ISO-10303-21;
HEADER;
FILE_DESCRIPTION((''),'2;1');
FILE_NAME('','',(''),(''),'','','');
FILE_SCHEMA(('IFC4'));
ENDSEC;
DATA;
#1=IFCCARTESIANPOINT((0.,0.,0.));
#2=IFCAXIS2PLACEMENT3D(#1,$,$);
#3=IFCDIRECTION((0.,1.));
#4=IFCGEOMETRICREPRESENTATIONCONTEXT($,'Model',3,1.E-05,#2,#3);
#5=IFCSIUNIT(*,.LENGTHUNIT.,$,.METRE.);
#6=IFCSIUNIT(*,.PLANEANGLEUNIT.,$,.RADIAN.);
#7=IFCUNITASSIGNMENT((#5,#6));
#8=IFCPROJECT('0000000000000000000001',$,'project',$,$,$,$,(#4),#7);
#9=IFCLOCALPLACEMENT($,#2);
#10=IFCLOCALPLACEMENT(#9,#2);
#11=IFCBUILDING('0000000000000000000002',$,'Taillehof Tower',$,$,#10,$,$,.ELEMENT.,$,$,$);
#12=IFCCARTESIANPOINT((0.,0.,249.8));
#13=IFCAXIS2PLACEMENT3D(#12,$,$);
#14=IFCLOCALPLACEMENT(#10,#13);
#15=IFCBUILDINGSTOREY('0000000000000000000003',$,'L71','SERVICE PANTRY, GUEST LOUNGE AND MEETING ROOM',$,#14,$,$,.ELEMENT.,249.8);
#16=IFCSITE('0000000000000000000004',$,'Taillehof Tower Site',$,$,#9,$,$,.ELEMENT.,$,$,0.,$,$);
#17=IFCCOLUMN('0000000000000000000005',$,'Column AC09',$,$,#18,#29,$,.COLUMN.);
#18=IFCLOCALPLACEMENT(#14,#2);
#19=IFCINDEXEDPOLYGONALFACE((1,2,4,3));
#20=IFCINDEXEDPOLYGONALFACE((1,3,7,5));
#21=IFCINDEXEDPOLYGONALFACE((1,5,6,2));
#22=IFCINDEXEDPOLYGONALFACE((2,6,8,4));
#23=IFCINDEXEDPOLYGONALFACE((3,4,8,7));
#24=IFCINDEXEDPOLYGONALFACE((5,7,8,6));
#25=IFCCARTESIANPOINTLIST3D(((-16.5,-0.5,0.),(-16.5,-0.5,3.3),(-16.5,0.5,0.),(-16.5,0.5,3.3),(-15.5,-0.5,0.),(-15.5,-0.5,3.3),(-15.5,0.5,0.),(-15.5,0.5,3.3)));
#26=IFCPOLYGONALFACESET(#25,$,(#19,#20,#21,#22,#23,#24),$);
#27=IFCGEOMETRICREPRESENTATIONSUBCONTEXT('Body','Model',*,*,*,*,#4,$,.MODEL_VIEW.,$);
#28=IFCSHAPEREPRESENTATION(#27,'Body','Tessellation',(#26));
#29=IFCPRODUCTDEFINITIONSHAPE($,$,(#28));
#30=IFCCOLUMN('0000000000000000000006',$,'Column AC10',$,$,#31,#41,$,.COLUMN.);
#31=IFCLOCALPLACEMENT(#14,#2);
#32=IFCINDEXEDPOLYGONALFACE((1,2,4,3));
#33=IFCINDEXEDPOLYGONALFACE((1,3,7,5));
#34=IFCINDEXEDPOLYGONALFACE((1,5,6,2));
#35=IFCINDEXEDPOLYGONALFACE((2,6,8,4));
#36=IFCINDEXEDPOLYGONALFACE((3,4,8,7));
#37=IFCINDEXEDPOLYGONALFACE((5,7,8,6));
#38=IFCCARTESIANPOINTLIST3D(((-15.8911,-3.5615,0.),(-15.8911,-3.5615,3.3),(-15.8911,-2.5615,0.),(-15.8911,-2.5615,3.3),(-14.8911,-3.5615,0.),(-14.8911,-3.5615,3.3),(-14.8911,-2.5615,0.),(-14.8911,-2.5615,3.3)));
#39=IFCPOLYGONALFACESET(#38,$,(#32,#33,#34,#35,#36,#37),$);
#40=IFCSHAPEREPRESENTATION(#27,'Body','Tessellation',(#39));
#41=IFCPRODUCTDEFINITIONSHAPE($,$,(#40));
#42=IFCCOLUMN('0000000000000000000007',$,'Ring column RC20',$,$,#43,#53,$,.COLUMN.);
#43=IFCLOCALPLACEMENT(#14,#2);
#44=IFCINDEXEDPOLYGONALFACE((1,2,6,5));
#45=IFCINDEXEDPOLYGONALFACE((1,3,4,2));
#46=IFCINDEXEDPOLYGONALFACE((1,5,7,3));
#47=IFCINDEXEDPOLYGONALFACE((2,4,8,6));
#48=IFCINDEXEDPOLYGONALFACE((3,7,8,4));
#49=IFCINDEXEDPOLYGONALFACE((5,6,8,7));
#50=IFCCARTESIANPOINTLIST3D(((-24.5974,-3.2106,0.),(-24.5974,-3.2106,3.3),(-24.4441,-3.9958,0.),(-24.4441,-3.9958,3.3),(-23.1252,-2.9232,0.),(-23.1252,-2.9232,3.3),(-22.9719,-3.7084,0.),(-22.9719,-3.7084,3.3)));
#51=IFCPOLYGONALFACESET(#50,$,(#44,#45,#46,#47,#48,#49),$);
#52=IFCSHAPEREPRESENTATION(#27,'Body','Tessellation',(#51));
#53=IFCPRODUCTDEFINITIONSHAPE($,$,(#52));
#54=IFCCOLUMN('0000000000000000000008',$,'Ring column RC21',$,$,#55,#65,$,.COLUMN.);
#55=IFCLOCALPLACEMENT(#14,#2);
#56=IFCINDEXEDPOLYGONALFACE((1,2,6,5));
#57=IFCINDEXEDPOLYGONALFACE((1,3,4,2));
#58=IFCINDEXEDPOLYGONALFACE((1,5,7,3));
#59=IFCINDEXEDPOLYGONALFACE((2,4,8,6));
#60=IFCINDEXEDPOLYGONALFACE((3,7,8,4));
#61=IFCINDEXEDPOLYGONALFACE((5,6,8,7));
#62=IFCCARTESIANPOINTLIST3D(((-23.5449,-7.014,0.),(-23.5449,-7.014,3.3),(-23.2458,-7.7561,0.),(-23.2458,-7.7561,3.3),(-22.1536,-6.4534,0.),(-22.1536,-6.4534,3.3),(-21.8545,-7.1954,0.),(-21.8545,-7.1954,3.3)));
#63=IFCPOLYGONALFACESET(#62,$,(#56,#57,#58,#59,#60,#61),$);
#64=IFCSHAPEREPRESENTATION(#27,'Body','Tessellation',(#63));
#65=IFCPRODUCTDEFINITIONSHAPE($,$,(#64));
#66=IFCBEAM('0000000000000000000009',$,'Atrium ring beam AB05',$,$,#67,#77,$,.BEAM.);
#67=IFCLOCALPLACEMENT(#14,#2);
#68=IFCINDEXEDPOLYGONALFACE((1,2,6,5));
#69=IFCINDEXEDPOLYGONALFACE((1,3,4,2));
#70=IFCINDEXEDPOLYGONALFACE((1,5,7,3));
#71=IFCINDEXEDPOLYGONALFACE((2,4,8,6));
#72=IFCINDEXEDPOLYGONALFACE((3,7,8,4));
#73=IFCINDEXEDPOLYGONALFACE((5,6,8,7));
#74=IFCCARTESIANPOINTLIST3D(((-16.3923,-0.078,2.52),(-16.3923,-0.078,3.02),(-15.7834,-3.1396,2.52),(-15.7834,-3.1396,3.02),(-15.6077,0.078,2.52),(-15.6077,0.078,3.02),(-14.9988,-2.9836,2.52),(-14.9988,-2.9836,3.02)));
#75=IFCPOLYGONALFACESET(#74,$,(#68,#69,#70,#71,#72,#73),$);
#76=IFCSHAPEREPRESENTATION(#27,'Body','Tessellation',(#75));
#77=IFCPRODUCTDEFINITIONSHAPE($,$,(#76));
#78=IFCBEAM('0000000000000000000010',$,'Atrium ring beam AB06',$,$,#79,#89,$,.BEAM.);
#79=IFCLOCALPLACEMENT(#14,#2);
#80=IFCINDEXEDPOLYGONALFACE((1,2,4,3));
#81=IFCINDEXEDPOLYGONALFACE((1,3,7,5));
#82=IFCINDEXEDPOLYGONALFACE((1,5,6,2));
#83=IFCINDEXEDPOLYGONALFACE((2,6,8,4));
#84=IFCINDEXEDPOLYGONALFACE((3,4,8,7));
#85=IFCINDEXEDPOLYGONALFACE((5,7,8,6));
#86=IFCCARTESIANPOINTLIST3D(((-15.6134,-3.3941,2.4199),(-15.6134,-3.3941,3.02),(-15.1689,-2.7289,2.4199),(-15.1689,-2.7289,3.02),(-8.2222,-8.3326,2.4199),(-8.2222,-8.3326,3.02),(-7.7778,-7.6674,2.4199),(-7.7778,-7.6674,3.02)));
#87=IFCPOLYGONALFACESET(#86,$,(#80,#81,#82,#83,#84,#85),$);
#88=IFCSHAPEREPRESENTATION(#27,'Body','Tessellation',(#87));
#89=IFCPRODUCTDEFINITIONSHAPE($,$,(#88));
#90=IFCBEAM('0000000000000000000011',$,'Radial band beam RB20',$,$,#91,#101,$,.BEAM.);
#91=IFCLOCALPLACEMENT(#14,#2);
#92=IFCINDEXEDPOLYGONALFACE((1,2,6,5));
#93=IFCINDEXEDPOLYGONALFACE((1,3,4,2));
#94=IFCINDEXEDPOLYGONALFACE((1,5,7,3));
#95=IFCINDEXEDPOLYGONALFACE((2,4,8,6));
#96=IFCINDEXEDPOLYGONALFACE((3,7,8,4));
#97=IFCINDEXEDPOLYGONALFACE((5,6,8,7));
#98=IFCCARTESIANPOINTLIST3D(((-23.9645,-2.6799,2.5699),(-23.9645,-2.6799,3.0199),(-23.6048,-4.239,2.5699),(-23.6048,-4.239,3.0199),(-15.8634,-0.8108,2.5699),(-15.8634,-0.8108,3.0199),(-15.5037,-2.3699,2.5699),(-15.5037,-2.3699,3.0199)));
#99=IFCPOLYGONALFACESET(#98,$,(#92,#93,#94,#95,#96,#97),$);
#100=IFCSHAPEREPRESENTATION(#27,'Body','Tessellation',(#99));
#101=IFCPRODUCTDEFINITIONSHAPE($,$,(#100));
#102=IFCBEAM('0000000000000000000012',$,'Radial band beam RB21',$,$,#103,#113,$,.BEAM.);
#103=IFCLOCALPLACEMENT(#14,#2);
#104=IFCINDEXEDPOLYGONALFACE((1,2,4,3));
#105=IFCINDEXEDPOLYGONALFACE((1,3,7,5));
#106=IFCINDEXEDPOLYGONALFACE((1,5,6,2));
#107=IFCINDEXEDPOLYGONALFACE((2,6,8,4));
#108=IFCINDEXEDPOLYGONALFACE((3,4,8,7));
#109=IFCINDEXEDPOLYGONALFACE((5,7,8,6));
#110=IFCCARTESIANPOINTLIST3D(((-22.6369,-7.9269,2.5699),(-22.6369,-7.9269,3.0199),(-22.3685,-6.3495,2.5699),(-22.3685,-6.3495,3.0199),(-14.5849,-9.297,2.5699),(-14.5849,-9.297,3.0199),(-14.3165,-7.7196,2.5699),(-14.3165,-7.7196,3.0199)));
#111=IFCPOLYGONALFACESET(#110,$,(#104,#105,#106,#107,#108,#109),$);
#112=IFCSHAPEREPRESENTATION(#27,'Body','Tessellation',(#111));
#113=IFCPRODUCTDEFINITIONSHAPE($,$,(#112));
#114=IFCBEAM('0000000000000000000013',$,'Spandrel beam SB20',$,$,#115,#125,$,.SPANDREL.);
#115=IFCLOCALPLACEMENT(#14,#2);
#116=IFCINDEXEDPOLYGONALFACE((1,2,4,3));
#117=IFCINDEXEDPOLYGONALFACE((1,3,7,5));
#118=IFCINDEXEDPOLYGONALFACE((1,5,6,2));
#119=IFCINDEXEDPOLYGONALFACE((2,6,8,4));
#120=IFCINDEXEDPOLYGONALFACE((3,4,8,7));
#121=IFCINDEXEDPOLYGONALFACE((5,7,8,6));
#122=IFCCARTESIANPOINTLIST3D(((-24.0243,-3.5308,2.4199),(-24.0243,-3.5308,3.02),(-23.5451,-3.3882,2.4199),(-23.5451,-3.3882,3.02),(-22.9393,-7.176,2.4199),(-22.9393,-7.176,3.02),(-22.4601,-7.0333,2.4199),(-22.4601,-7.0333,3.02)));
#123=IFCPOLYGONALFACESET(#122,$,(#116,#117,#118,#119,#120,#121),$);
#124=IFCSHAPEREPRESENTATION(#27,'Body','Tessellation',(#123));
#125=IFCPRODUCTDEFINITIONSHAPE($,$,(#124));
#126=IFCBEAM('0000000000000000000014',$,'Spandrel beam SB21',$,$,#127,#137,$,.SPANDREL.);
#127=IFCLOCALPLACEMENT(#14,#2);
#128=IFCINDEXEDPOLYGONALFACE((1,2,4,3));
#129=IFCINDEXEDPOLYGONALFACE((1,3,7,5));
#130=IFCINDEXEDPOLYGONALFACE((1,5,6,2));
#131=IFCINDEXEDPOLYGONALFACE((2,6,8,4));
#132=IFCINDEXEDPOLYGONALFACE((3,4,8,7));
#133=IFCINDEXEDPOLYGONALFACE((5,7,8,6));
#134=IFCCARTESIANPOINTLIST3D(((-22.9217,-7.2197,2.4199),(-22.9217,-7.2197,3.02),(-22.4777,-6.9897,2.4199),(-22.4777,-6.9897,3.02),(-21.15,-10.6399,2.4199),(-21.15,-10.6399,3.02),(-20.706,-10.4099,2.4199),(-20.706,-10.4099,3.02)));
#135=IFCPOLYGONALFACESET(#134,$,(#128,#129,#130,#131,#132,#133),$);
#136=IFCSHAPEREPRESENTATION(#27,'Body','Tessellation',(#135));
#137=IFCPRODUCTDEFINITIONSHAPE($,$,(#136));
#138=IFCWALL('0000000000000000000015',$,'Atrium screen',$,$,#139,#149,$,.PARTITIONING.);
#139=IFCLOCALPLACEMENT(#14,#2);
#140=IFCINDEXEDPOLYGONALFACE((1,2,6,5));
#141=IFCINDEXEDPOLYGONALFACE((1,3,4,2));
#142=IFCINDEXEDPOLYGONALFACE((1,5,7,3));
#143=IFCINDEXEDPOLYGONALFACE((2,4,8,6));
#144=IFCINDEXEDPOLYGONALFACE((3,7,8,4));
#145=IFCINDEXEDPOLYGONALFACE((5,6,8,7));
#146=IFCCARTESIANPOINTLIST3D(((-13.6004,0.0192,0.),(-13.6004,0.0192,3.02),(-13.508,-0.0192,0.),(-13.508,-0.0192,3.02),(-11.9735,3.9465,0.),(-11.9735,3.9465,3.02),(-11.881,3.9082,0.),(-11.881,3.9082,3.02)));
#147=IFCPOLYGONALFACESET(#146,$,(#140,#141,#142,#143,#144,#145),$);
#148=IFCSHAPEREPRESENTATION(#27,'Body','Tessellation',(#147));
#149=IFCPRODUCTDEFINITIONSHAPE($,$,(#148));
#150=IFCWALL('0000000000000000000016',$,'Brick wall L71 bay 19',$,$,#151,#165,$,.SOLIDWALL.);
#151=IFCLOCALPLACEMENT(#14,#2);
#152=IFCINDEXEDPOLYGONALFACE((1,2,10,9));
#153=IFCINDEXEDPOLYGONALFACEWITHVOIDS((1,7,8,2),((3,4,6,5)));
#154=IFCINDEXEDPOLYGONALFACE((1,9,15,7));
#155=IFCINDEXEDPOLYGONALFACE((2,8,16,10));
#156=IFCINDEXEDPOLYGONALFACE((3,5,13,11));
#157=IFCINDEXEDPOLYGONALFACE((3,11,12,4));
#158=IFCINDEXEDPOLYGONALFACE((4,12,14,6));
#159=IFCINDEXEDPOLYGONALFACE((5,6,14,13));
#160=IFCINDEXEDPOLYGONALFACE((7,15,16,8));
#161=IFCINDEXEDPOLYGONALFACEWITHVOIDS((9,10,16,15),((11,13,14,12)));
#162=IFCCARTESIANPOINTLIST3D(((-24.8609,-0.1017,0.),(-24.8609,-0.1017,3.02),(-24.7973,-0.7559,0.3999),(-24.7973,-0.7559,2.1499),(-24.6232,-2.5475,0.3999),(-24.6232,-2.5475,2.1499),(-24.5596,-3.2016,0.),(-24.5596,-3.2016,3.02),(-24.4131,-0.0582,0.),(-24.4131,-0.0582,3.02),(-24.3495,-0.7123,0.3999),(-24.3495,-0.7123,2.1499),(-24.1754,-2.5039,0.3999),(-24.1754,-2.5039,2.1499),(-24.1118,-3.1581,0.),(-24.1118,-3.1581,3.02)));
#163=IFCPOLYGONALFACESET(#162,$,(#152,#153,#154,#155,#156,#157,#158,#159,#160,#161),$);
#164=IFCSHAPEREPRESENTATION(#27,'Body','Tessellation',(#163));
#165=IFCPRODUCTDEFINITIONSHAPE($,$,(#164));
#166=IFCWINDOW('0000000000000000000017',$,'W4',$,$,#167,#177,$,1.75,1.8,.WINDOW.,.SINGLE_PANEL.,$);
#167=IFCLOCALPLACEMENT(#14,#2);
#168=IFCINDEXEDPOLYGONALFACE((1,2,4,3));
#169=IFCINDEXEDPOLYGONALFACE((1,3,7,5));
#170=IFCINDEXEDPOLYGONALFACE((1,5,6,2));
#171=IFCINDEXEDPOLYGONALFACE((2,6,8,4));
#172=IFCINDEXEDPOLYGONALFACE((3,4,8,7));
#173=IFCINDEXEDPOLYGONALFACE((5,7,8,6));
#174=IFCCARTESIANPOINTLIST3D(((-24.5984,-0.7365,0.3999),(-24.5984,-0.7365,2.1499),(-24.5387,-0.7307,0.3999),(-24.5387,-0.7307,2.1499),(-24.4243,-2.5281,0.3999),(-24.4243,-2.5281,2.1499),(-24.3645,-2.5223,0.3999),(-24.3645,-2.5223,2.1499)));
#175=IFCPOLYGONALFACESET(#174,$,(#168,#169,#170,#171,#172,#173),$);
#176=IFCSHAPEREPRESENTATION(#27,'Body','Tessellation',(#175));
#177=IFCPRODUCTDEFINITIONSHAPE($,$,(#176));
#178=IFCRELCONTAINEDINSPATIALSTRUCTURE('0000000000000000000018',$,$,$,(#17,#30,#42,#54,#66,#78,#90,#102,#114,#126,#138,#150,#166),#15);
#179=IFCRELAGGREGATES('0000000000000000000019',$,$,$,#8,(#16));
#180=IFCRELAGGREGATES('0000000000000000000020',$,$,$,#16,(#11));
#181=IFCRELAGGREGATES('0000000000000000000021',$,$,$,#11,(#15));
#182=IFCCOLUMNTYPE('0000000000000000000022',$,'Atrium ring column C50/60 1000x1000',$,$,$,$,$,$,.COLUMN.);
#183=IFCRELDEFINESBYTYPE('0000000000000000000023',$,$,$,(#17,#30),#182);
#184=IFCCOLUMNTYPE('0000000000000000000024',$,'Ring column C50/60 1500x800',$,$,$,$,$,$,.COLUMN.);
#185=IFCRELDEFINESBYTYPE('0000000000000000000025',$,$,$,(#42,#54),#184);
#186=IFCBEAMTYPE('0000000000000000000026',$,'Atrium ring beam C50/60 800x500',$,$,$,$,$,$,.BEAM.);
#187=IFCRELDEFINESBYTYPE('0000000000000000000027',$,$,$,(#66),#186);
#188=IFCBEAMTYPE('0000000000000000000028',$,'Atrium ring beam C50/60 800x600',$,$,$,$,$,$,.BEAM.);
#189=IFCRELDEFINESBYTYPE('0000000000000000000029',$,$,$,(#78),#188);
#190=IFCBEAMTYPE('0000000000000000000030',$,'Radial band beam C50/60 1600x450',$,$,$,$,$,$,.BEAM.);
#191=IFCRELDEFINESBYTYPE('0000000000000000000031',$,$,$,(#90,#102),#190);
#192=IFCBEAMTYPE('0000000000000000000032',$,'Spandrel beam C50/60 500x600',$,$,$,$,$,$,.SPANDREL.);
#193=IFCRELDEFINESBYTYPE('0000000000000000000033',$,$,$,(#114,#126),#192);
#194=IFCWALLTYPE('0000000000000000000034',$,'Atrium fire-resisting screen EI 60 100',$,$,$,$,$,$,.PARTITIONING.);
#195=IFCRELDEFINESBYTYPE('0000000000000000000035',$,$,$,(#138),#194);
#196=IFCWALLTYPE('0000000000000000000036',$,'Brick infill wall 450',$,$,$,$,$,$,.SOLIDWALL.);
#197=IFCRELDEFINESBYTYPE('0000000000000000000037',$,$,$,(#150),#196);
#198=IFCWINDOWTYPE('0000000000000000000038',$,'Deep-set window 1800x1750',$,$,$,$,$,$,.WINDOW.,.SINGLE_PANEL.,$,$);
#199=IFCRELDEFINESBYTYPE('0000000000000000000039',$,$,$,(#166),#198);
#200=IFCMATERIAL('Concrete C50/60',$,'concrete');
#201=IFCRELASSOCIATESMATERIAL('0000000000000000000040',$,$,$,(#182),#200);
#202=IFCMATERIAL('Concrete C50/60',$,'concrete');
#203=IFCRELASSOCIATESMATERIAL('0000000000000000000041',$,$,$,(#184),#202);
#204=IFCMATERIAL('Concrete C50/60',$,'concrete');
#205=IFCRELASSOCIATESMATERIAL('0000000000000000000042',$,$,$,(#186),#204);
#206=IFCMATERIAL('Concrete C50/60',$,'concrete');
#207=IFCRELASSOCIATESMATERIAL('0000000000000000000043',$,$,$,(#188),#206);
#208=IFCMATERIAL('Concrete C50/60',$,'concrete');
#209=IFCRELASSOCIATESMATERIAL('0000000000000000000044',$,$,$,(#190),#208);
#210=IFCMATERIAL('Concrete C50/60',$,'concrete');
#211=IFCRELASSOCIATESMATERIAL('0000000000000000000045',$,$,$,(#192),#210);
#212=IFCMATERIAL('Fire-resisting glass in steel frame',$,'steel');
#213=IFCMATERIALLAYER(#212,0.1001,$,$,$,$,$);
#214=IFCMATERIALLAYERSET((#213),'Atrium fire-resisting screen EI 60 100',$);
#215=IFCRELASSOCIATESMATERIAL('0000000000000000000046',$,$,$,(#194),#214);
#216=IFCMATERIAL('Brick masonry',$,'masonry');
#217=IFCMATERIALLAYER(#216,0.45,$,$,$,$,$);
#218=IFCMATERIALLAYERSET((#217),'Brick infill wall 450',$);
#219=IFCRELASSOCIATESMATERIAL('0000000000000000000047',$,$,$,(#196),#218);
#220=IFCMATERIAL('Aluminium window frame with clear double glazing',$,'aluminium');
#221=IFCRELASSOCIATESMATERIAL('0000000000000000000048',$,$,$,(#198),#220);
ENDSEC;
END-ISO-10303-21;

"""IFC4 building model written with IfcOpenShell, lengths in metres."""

from ifc_helpers import new_model, si_unit, direction, frame, frame_2d, origin, origin_2d, place, context, subcontext, project, spatial, rectangle, extrude, material, layer, layer_set, material_profile, profile_set, type_object, element, fill, save


model = new_model("IFC4")

# Units and contexts
model_context = context("Model", 3, precision=1e-05, world=origin(), true_north=direction((0.0, 1.0)))
body_context = subcontext(model_context, "Body", "Model", "MODEL_VIEW")
ifc_project = project(units=[si_unit("LENGTHUNIT", "METRE"), si_unit("PLANEANGLEUNIT", "RADIAN")], contexts=[model_context])

# Site, building, storey
site_placement = place(None, origin())
site = spatial("IfcSite", under=ifc_project, at=site_placement, Name="Taillehof Tower Site", CompositionType="ELEMENT", RefElevation=0.0)
building_placement = place(site_placement, origin())
building = spatial("IfcBuilding", under=site, at=building_placement, Name="Taillehof Tower", CompositionType="ELEMENT")
storey_placement = place(building_placement, frame((0.0, 0.0, 249.8)))
storey = spatial("IfcBuildingStorey", under=building, at=storey_placement, Name="L71", Description="SERVICE PANTRY, GUEST LOUNGE AND MEETING ROOM", CompositionType="ELEMENT", Elevation=249.8)

# Columns
ifc_material_1 = material(Name="Concrete C50/60", Category="concrete")
ifc_material_profile_1 = material_profile(ifc_material_1, rectangle(XDim=1.0, YDim=1.0, at=origin_2d()), Name="RC 1000x1000")
ifc_profile_set_1 = profile_set([ifc_material_profile_1], Name="Concrete C50/60")
column_type_1 = type_object("IfcColumnType", Name="Atrium ring column C50/60 1000x1000", PredefinedType="COLUMN", material=ifc_profile_set_1)
for number, where, z_axis, x_axis, name in (
    (1, (-16.0, 0.0, 0.0), (0.0, 0.0, 1.0), (1.0, 0.0, 0.0), "Column AC09"),
    (2, (-15.3911, -3.0615, 0.0), (0.0, 0.0, 1.0), (1.0, 0.0, 0.0), "Column AC10"),
):
    element("IfcColumn", number, at=place(storey_placement, frame(where, z_axis=z_axis, x_axis=x_axis)), inside=storey, type_object=column_type_1, Name=name, PredefinedType="COLUMN", context=body_context, shape_type="SweptSolid", body=[
        extrude(rectangle(XDim=1.0, YDim=1.0, at=origin_2d()), origin(), (0.0, 0.0, 1.0), 3.3),
    ])
ifc_material_2 = material(Name="Concrete C50/60", Category="concrete")
ifc_material_profile_2 = material_profile(ifc_material_2, rectangle(XDim=1.5, YDim=0.8, at=origin_2d()), Name="RC 1500x800")
ifc_profile_set_2 = profile_set([ifc_material_profile_2], Name="Concrete C50/60")
column_type_2 = type_object("IfcColumnType", Name="Ring column C50/60 1500x800", PredefinedType="COLUMN", material=ifc_profile_set_2)
for number, where, z_axis, x_axis, name in (
    (3, (-23.7847, -3.4595, 0.0), (0.0, 0.0, 1.0), (-0.981473, -0.191602, 0.0), "Ring column RC20"),
    (4, (-22.6997, -7.1047, 0.0), (0.0, 0.0, 1.0), (-0.927525, -0.373762, 0.0), "Ring column RC21"),
):
    element("IfcColumn", number, at=place(storey_placement, frame(where, z_axis=z_axis, x_axis=x_axis)), inside=storey, type_object=column_type_2, Name=name, PredefinedType="COLUMN", context=body_context, shape_type="SweptSolid", body=[
        extrude(rectangle(XDim=1.5, YDim=0.8, at=origin_2d()), origin(), (0.0, 0.0, 1.0), 3.3),
    ])

# Beams
ifc_material_3 = material(Name="Concrete C50/60", Category="concrete")
ifc_material_profile_3 = material_profile(ifc_material_3, rectangle(XDim=0.8, YDim=0.5, at=origin_2d()), Name="RC 800x500")
ifc_profile_set_3 = profile_set([ifc_material_profile_3], Name="Concrete C50/60")
beam_type_1 = type_object("IfcBeamType", Name="Atrium ring beam C50/60 800x500", PredefinedType="BEAM", material=ifc_profile_set_3)
beam_1_placement = place(storey_placement, frame((-16.0, 0.0, 2.77), z_axis=(0.195063, -0.980791, 0.0), x_axis=(0.980791, 0.195063, 0.0)))
element("IfcBeam", 5, at=beam_1_placement, inside=storey, type_object=beam_type_1, Name="Atrium ring beam AB05", PredefinedType="BEAM", context=body_context, shape_type="SweptSolid", body=[
    extrude(rectangle(XDim=0.8, YDim=0.5, at=origin_2d()), origin(), (0.0, 0.0, 1.0), 3.1216),
])
ifc_material_4 = material(Name="Concrete C50/60", Category="concrete")
ifc_material_profile_4 = material_profile(ifc_material_4, rectangle(XDim=0.8, YDim=0.6001, at=origin_2d()), Name="RC 800x600")
ifc_profile_set_4 = profile_set([ifc_material_profile_4], Name="Concrete C50/60")
beam_type_2 = type_object("IfcBeamType", Name="Atrium ring beam C50/60 800x600", PredefinedType="BEAM", material=ifc_profile_set_4)
beam_2_placement = place(storey_placement, frame((-15.3911, -3.0615, 2.72), z_axis=(0.831475, -0.555562, 0.0), x_axis=(0.555562, 0.831475, 0.0)))
element("IfcBeam", 6, at=beam_2_placement, inside=storey, type_object=beam_type_2, Name="Atrium ring beam AB06", PredefinedType="BEAM", context=body_context, shape_type="SweptSolid", body=[
    extrude(rectangle(XDim=0.8, YDim=0.6001, at=origin_2d()), origin(), (0.0, 0.0, 1.0), 8.8892),
])
ifc_material_5 = material(Name="Concrete C50/60", Category="concrete")
ifc_material_profile_5 = material_profile(ifc_material_5, rectangle(XDim=1.6001, YDim=0.45, at=origin_2d()), Name="RC 1600x450")
ifc_profile_set_5 = profile_set([ifc_material_profile_5], Name="Concrete C50/60")
beam_type_3 = type_object("IfcBeamType", Name="Radial band beam C50/60 1600x450", PredefinedType="BEAM", material=ifc_profile_set_5)
beam_3_placement = place(storey_placement, frame((-23.7847, -3.4595, 2.7949), z_axis=(0.9744, 0.224821, 0.0), x_axis=(-0.224821, 0.9744, 0.0)))
element("IfcBeam", 7, at=beam_3_placement, inside=storey, type_object=beam_type_3, Name="Radial band beam RB20", PredefinedType="BEAM", context=body_context, shape_type="SweptSolid", body=[
    extrude(rectangle(XDim=1.6001, YDim=0.45, at=origin_2d()), origin(), (0.0, 0.0, 1.0), 8.314),
])
beam_4_placement = place(storey_placement, frame((-22.5027, -7.1382, 2.7949), z_axis=(0.98583, -0.167747, 0.0), x_axis=(0.167747, 0.98583, 0.0)))
element("IfcBeam", 8, at=beam_4_placement, inside=storey, type_object=beam_type_3, Name="Radial band beam RB21", PredefinedType="BEAM", context=body_context, shape_type="SweptSolid", body=[
    extrude(rectangle(XDim=1.6001, YDim=0.45, at=origin_2d()), origin(), (0.0, 0.0, 1.0), 8.1677),
])
ifc_material_6 = material(Name="Concrete C50/60", Category="concrete")
ifc_material_profile_6 = material_profile(ifc_material_6, rectangle(XDim=0.5, YDim=0.6001, at=origin_2d()), Name="RC 500x600")
ifc_profile_set_6 = profile_set([ifc_material_profile_6], Name="Concrete C50/60")
beam_type_4 = type_object("IfcBeamType", Name="Spandrel beam C50/60 500x600", PredefinedType="SPANDREL", material=ifc_profile_set_6)
beam_5_placement = place(storey_placement, frame((-23.7847, -3.4595, 2.72), z_axis=(0.285268, -0.958448, 0.0), x_axis=(0.958448, 0.285268, 0.0)))
element("IfcBeam", 9, at=beam_5_placement, inside=storey, type_object=beam_type_4, Name="Spandrel beam SB20", PredefinedType="SPANDREL", context=body_context, shape_type="SweptSolid", body=[
    extrude(rectangle(XDim=0.5, YDim=0.6001, at=origin_2d()), origin(), (0.0, 0.0, 1.0), 3.8032),
])
beam_6_placement = place(storey_placement, frame((-22.6997, -7.1047, 2.72), z_axis=(0.459971, -0.887934, 0.0), x_axis=(0.887934, 0.459971, 0.0)))
element("IfcBeam", 10, at=beam_6_placement, inside=storey, type_object=beam_type_4, Name="Spandrel beam SB21", PredefinedType="SPANDREL", context=body_context, shape_type="SweptSolid", body=[
    extrude(rectangle(XDim=0.5, YDim=0.6001, at=origin_2d()), origin(), (0.0, 0.0, 1.0), 3.8518),
])

# Wall
ifc_material_7 = material(Name="Fire-resisting glass in steel frame", Category="steel")
ifc_layer_1 = layer(ifc_material_7, 0.1001)
ifc_layer_set_1 = layer_set([ifc_layer_1], Name="Atrium fire-resisting screen EI 60 100")
wall_type_1 = type_object("IfcWallType", Name="Atrium fire-resisting screen EI 60 100", PredefinedType="PARTITIONING", material=ifc_layer_set_1)
wall_1_placement = place(storey_placement, frame((-13.5542, 0.0, 0.0), z_axis=(0.0, 0.0, 1.0), x_axis=(0.382731, 0.92386, 0.0)))
element("IfcWall", 11, at=wall_1_placement, inside=storey, type_object=wall_type_1, Name="Atrium screen", PredefinedType="PARTITIONING", context=body_context, shape_type="SweptSolid", body=[
    extrude(rectangle(XDim=4.251, YDim=0.1001, at=frame_2d((2.1255, 0.0))), origin(), (0.0, 0.0, 1.0), 3.02),
])

# Wall, opening, window
ifc_material_8 = material(Name="Brick masonry", Category="masonry")
ifc_layer_2 = layer(ifc_material_8, 0.45)
ifc_layer_set_2 = layer_set([ifc_layer_2], Name="Brick infill wall 450")
wall_type_2 = type_object("IfcWallType", Name="Brick infill wall 450", PredefinedType="SOLIDWALL", material=ifc_layer_set_2)
wall_2_placement = place(storey_placement, frame((-24.637, -0.0801, 0.0), z_axis=(0.0, 0.0, 1.0), x_axis=(0.096733, -0.99531, 0.0)))
wall_2 = element("IfcWall", 12, at=wall_2_placement, inside=storey, type_object=wall_type_2, Name="Brick wall L71 bay 19", PredefinedType="SOLIDWALL", context=body_context, shape_type="SweptSolid", body=[
    extrude(rectangle(XDim=3.1145, YDim=0.45, at=frame_2d((1.5571, 0.0))), origin(), (0.0, 0.0, 1.0), 3.02),
])
opening_1_placement = place(wall_2_placement, frame((0.6572, 0.0, 0.3999)))
opening_1 = element("IfcOpeningElement", 13, at=opening_1_placement, cuts=wall_2, PredefinedType="OPENING", context=body_context, shape_type="SweptSolid", body=[
    extrude(rectangle(XDim=1.8, YDim=1.75, at=frame_2d((0.8999, 0.875))), frame((0.0, 0.2349, 0.0), z_axis=(0.0, -1.0, 0.0), x_axis=(1.0, 0.0, 0.0)), (0.0, 0.0, 1.0), 0.47),
])
ifc_material_9 = material(Name="Aluminium window frame with clear double glazing", Category="aluminium")
window_type = type_object("IfcWindowType", Name="Deep-set window 1800x1750", PartitioningType="SINGLE_PANEL", PredefinedType="WINDOW", material=ifc_material_9)
window_1_placement = place(opening_1_placement, origin())
window_1 = element("IfcWindow", 14, at=window_1_placement, inside=storey, type_object=window_type, Name="W4", OverallHeight=1.75, OverallWidth=1.8, PartitioningType="SINGLE_PANEL", PredefinedType="WINDOW", context=body_context, shape_type="SweptSolid", body=[
    extrude(rectangle(XDim=1.8, YDim=1.75, at=frame_2d((0.8999, 0.875))), frame((0.0, 0.0349, 0.0), z_axis=(0.0, -1.0, 0.0), x_axis=(1.0, 0.0, 0.0)), (0.0, 0.0, 1.0), 0.0601),
])
fill(opening_1, window_1)

save(model, "model.ifc")
